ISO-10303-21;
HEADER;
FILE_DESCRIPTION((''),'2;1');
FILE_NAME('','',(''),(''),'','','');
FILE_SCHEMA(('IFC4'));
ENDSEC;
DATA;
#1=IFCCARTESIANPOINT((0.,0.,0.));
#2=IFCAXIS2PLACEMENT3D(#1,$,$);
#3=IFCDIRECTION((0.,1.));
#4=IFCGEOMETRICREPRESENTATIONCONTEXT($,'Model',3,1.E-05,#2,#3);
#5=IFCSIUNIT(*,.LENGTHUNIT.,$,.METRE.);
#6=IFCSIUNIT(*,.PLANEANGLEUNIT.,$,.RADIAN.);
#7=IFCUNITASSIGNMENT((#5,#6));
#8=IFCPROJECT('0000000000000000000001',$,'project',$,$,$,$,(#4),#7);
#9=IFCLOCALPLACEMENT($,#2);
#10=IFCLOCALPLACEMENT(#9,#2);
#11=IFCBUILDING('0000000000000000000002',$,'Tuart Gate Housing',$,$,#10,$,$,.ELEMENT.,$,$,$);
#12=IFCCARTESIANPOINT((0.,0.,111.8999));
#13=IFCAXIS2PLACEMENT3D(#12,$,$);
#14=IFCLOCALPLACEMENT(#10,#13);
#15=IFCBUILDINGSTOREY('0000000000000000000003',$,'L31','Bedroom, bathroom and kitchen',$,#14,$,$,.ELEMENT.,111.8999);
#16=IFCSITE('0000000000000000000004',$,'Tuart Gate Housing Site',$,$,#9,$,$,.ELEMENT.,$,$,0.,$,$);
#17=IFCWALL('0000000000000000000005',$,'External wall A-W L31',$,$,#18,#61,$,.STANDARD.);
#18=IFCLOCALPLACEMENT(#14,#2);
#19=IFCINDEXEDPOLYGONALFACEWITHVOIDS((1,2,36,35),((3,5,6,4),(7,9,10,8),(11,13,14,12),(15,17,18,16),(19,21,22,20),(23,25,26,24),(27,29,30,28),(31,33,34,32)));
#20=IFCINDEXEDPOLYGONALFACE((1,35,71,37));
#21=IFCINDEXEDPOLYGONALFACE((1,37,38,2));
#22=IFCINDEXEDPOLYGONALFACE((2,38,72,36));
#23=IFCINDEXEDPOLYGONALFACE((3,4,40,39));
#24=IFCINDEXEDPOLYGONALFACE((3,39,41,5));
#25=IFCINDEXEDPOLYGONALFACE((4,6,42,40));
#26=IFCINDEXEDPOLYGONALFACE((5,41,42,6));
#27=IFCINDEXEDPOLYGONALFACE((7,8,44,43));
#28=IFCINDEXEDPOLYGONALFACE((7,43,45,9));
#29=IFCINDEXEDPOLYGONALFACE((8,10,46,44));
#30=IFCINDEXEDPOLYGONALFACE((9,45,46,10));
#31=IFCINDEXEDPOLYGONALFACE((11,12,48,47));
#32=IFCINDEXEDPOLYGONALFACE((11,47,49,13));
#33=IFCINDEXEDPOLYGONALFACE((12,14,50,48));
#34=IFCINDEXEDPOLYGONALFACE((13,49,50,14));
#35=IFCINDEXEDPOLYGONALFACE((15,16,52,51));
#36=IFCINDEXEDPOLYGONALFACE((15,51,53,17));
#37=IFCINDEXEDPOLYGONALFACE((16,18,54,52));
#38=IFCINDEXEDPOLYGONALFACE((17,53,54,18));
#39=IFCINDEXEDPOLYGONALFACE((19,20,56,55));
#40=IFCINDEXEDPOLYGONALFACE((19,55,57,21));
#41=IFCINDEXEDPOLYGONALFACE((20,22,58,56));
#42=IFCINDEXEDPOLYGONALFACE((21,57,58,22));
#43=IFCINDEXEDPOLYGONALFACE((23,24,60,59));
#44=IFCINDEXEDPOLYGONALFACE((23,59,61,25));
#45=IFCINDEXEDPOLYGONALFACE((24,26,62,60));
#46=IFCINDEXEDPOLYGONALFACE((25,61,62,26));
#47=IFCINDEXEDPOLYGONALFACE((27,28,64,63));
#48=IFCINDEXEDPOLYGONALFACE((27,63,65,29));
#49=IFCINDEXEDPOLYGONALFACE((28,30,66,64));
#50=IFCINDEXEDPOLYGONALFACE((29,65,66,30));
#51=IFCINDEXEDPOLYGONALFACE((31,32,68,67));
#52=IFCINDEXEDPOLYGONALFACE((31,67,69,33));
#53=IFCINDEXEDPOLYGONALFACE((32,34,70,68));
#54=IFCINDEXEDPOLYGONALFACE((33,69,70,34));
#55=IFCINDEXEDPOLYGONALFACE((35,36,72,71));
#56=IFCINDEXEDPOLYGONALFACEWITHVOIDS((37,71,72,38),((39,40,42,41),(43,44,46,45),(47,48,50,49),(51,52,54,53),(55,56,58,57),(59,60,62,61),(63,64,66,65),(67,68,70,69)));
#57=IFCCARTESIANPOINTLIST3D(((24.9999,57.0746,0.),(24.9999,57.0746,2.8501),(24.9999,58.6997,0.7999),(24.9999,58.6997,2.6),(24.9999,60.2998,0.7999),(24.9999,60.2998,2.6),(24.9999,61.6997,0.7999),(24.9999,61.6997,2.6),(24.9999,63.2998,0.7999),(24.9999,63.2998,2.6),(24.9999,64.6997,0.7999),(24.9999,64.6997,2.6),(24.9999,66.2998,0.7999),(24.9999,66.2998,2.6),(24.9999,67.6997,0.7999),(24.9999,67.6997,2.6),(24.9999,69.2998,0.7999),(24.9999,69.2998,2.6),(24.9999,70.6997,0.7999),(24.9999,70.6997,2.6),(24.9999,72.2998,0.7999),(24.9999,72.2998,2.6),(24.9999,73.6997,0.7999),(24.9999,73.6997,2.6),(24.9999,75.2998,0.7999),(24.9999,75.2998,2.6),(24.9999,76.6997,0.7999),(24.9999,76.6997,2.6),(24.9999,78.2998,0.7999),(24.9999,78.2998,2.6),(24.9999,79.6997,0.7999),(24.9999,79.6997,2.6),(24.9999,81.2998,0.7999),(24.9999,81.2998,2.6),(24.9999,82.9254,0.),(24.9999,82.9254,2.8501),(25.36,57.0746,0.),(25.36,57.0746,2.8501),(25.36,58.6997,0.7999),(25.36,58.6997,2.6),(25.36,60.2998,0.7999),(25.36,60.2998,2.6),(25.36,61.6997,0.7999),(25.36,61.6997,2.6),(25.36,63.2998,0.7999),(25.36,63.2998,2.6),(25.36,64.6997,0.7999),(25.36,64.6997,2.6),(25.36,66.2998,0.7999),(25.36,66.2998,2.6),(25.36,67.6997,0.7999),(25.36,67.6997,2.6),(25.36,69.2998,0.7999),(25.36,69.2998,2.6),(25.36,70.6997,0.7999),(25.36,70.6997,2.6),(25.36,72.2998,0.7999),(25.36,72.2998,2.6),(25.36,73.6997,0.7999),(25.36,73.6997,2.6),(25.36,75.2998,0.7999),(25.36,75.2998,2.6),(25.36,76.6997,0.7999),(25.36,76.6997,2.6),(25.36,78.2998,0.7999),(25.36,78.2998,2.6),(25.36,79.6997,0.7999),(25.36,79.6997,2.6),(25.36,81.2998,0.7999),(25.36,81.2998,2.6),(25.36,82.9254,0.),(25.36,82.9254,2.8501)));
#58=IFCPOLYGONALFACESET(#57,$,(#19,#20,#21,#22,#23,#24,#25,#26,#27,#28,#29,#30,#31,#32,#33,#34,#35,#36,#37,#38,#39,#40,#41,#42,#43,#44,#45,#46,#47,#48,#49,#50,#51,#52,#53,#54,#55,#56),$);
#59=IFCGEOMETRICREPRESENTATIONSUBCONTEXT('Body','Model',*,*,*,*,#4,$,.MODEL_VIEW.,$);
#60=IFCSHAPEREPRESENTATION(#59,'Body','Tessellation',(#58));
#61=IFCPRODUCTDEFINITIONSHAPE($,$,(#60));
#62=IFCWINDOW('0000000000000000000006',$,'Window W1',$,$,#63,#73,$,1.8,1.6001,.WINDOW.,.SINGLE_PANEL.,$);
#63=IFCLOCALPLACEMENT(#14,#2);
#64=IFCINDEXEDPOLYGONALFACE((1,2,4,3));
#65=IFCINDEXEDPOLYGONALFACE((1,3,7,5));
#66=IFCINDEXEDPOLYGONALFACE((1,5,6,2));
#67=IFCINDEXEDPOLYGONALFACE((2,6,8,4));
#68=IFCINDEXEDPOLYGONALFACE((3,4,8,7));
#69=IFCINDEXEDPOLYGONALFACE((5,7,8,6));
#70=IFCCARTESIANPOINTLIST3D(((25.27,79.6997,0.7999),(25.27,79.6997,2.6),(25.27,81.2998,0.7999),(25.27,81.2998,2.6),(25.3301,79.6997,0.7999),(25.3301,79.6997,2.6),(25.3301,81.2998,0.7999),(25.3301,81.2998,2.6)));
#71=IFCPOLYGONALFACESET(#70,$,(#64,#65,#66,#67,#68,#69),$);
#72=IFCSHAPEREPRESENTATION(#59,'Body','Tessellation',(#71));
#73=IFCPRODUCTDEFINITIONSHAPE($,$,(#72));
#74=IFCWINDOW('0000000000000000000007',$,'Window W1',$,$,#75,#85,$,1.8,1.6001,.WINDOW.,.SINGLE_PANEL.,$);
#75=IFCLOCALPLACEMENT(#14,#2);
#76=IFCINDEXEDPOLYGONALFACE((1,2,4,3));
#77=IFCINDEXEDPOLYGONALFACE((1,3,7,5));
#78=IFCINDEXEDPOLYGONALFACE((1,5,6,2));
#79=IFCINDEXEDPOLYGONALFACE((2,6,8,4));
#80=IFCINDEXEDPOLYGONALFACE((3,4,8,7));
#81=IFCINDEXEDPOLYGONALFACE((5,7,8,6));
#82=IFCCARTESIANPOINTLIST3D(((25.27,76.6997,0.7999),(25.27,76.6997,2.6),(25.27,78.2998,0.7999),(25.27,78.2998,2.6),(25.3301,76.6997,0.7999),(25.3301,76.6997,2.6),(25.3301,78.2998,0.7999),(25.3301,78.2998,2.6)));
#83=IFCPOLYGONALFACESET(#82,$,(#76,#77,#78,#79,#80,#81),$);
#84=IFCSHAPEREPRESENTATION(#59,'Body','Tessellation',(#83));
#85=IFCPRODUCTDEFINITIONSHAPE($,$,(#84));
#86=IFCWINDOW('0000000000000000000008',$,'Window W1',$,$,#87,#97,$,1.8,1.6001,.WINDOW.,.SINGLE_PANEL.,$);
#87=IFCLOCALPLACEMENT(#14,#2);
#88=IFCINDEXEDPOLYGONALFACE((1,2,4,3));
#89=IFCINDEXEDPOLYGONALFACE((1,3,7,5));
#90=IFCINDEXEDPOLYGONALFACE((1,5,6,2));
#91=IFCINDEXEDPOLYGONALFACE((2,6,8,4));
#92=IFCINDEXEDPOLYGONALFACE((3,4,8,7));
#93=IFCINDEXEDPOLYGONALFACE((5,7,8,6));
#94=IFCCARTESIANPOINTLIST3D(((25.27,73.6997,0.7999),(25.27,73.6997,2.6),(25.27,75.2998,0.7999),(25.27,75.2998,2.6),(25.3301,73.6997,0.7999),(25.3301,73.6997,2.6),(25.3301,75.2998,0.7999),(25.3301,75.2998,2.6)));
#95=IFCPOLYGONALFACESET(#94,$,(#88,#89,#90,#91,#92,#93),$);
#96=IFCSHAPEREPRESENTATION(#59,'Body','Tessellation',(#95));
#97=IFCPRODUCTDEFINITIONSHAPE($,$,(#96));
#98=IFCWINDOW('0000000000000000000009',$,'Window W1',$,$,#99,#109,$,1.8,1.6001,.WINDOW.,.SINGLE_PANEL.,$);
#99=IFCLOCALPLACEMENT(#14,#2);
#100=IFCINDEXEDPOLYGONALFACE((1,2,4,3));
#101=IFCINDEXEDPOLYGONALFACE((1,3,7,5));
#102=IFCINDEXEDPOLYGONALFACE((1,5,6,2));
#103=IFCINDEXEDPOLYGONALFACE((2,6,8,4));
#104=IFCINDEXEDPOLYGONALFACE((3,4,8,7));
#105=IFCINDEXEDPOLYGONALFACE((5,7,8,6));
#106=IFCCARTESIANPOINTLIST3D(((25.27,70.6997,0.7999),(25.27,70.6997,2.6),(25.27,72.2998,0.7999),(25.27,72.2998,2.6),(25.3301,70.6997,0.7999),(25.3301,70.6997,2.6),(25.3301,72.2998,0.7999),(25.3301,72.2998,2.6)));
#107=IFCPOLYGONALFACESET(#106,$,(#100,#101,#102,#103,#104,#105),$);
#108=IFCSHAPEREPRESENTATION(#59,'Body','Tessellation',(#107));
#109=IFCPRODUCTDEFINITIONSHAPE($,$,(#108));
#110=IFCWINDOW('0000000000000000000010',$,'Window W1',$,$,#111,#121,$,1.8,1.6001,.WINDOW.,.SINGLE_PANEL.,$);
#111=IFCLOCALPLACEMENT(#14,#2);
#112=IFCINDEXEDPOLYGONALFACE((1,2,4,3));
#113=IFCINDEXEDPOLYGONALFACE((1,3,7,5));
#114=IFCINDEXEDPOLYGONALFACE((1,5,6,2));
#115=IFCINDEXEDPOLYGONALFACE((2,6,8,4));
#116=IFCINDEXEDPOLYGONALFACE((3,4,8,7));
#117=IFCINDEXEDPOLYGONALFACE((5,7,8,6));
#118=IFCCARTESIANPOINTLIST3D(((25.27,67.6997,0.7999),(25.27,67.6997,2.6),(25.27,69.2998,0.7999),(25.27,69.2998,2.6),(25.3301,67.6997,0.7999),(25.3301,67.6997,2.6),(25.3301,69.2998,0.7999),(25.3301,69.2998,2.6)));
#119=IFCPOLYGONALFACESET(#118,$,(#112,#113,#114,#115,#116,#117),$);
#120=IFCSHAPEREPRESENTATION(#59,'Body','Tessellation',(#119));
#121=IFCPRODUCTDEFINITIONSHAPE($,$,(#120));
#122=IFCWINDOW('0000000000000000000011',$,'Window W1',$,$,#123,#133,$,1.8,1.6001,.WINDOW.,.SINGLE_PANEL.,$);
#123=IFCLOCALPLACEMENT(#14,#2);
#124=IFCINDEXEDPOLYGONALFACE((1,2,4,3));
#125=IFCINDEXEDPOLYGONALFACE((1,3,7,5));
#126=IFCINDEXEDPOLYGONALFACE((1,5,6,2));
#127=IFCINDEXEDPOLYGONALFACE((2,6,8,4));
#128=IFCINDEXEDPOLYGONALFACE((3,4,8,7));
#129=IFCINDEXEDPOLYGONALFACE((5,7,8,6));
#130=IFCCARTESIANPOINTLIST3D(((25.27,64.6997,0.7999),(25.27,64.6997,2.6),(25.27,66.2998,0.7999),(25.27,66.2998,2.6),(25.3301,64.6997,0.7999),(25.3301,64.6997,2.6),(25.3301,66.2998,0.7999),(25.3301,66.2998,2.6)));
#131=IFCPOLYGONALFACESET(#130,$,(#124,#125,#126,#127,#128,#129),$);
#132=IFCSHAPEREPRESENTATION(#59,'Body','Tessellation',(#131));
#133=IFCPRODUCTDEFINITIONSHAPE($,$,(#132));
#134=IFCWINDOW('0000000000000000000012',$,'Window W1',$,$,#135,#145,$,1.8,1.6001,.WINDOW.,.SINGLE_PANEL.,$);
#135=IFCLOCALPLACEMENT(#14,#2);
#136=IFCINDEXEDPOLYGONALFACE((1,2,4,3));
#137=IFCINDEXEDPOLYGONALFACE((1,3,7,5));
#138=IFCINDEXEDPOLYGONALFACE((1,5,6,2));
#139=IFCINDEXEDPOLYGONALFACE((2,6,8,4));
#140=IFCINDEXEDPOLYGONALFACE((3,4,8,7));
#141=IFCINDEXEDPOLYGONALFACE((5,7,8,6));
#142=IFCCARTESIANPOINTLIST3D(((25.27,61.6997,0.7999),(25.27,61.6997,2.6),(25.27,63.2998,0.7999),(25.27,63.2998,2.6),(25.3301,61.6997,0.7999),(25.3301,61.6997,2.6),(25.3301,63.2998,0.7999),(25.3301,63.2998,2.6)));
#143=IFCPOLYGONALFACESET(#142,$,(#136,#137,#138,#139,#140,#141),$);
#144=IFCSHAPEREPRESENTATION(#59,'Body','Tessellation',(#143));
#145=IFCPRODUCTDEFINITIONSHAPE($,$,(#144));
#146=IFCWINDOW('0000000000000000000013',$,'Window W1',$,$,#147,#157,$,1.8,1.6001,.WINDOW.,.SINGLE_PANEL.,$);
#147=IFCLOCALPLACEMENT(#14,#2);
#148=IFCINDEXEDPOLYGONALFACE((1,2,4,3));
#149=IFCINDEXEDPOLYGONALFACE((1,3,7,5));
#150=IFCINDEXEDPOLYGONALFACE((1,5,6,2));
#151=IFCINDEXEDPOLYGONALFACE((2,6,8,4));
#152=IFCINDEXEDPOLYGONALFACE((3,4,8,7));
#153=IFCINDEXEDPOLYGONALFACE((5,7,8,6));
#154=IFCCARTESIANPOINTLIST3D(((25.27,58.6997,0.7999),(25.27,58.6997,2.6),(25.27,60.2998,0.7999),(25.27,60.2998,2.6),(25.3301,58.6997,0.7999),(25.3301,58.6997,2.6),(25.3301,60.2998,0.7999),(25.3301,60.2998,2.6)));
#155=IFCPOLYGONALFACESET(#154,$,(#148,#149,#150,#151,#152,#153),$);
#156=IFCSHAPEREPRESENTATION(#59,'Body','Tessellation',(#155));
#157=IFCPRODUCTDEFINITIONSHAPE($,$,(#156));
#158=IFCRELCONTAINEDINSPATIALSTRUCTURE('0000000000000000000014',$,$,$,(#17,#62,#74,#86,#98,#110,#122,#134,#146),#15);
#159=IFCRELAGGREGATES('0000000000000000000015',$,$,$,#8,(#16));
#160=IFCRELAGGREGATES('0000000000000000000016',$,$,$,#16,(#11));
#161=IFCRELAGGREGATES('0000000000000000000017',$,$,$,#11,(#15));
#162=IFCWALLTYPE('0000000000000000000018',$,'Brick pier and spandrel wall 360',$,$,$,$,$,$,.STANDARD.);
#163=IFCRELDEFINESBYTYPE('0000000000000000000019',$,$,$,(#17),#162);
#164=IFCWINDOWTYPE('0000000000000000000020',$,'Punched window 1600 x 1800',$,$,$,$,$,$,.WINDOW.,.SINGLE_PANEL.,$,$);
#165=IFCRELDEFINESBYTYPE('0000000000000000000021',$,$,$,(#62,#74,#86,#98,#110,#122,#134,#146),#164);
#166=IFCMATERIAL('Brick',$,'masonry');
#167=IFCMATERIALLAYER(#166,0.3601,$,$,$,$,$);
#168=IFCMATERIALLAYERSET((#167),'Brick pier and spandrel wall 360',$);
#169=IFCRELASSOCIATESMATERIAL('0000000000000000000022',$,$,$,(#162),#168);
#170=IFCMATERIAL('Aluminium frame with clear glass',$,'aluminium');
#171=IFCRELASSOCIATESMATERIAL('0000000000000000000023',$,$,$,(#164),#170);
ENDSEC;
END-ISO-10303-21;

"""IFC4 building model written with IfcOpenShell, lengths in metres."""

from ifc_helpers import new_model, si_unit, direction, frame, frame_2d, origin, place, context, subcontext, project, spatial, rectangle, extrude, material, layer, layer_set, type_object, element, fill, save


model = new_model("IFC4")

# Units and contexts
model_context = context("Model", 3, precision=1e-05, world=origin(), true_north=direction((0.0, 1.0)))
body_context = subcontext(model_context, "Body", "Model", "MODEL_VIEW")
ifc_project = project(units=[si_unit("LENGTHUNIT", "METRE"), si_unit("PLANEANGLEUNIT", "RADIAN")], contexts=[model_context])

# Site, building, storey
site_placement = place(None, origin())
site = spatial("IfcSite", under=ifc_project, at=site_placement, Name="Tuart Gate Housing Site", CompositionType="ELEMENT", RefElevation=0.0)
building_placement = place(site_placement, origin())
building = spatial("IfcBuilding", under=site, at=building_placement, Name="Tuart Gate Housing", CompositionType="ELEMENT")
storey_placement = place(building_placement, frame((0.0, 0.0, 111.8999)))
storey = spatial("IfcBuildingStorey", under=building, at=storey_placement, Name="L31", Description="Bedroom, bathroom and kitchen", CompositionType="ELEMENT", Elevation=111.8999)

# Shared definitions
ifc_material_1 = material(Name="Brick", Category="masonry")
ifc_layer_1 = layer(ifc_material_1, 0.3601)
ifc_layer_set_1 = layer_set([ifc_layer_1], Name="Brick pier and spandrel wall 360")
wall_type_1 = type_object("IfcWallType", Name="Brick pier and spandrel wall 360", PredefinedType="STANDARD", material=ifc_layer_set_1)
ifc_material_2 = material(Name="Aluminium frame with clear glass", Category="aluminium")
window_type = type_object("IfcWindowType", Name="Punched window 1600 x 1800", PartitioningType="SINGLE_PANEL", PredefinedType="WINDOW", material=ifc_material_2)

# Wall, openings, windows
wall_1_placement = place(storey_placement, frame((25.1799, 82.9253, 0.0), z_axis=(0.0, 0.0, 1.0), x_axis=(0.0, -1.0, 0.0)))
wall_1 = element("IfcWall", 1, at=wall_1_placement, inside=storey, type_object=wall_type_1, Name="External wall A-W L31", PredefinedType="STANDARD", context=body_context, shape_type="SweptSolid", body=[
    extrude(rectangle(XDim=25.8508, YDim=0.3601, at=frame_2d((12.9253, 0.0))), origin(), (0.0, 0.0, 1.0), 2.8501),
])
opening_1_placement = place(wall_1_placement, frame((1.6255, 0.0, 0.8)))
opening_1 = element("IfcOpeningElement", 2, at=opening_1_placement, cuts=wall_1, PredefinedType="OPENING", context=body_context, shape_type="SweptSolid", body=[
    extrude(rectangle(XDim=1.6001, YDim=1.8, at=frame_2d((0.8, 0.8999))), frame((0.0, 0.1899, 0.0), z_axis=(0.0, -1.0, 0.0), x_axis=(1.0, 0.0, 0.0)), (0.0, 0.0, 1.0), 0.3801),
])
opening_2_placement = place(wall_1_placement, frame((4.6255, 0.0, 0.8)))
opening_2 = element("IfcOpeningElement", 3, at=opening_2_placement, cuts=wall_1, PredefinedType="OPENING", context=body_context, shape_type="SweptSolid", body=[
    extrude(rectangle(XDim=1.6001, YDim=1.8, at=frame_2d((0.8, 0.8999))), frame((0.0, 0.1899, 0.0), z_axis=(0.0, -1.0, 0.0), x_axis=(1.0, 0.0, 0.0)), (0.0, 0.0, 1.0), 0.3801),
])
opening_3_placement = place(wall_1_placement, frame((7.6255, 0.0, 0.8)))
opening_3 = element("IfcOpeningElement", 4, at=opening_3_placement, cuts=wall_1, PredefinedType="OPENING", context=body_context, shape_type="SweptSolid", body=[
    extrude(rectangle(XDim=1.6001, YDim=1.8, at=frame_2d((0.8, 0.8999))), frame((0.0, 0.1899, 0.0), z_axis=(0.0, -1.0, 0.0), x_axis=(1.0, 0.0, 0.0)), (0.0, 0.0, 1.0), 0.3801),
])
opening_4_placement = place(wall_1_placement, frame((10.6255, 0.0, 0.8)))
opening_4 = element("IfcOpeningElement", 5, at=opening_4_placement, cuts=wall_1, PredefinedType="OPENING", context=body_context, shape_type="SweptSolid", body=[
    extrude(rectangle(XDim=1.6001, YDim=1.8, at=frame_2d((0.8, 0.8999))), frame((0.0, 0.1899, 0.0), z_axis=(0.0, -1.0, 0.0), x_axis=(1.0, 0.0, 0.0)), (0.0, 0.0, 1.0), 0.3801),
])
opening_5_placement = place(wall_1_placement, frame((13.6255, 0.0, 0.8)))
opening_5 = element("IfcOpeningElement", 6, at=opening_5_placement, cuts=wall_1, PredefinedType="OPENING", context=body_context, shape_type="SweptSolid", body=[
    extrude(rectangle(XDim=1.6001, YDim=1.8, at=frame_2d((0.8, 0.8999))), frame((0.0, 0.1899, 0.0), z_axis=(0.0, -1.0, 0.0), x_axis=(1.0, 0.0, 0.0)), (0.0, 0.0, 1.0), 0.3801),
])
opening_6_placement = place(wall_1_placement, frame((16.6255, 0.0, 0.8)))
opening_6 = element("IfcOpeningElement", 7, at=opening_6_placement, cuts=wall_1, PredefinedType="OPENING", context=body_context, shape_type="SweptSolid", body=[
    extrude(rectangle(XDim=1.6001, YDim=1.8, at=frame_2d((0.8, 0.8999))), frame((0.0, 0.1899, 0.0), z_axis=(0.0, -1.0, 0.0), x_axis=(1.0, 0.0, 0.0)), (0.0, 0.0, 1.0), 0.3801),
])
opening_7_placement = place(wall_1_placement, frame((19.6255, 0.0, 0.8)))
opening_7 = element("IfcOpeningElement", 8, at=opening_7_placement, cuts=wall_1, PredefinedType="OPENING", context=body_context, shape_type="SweptSolid", body=[
    extrude(rectangle(XDim=1.6001, YDim=1.8, at=frame_2d((0.8, 0.8999))), frame((0.0, 0.1899, 0.0), z_axis=(0.0, -1.0, 0.0), x_axis=(1.0, 0.0, 0.0)), (0.0, 0.0, 1.0), 0.3801),
])
opening_8_placement = place(wall_1_placement, frame((22.6255, 0.0, 0.8)))
opening_8 = element("IfcOpeningElement", 9, at=opening_8_placement, cuts=wall_1, PredefinedType="OPENING", context=body_context, shape_type="SweptSolid", body=[
    extrude(rectangle(XDim=1.6001, YDim=1.8, at=frame_2d((0.8, 0.8999))), frame((0.0, 0.1899, 0.0), z_axis=(0.0, -1.0, 0.0), x_axis=(1.0, 0.0, 0.0)), (0.0, 0.0, 1.0), 0.3801),
])
window_1_placement = place(opening_1_placement, origin())
window_1 = element("IfcWindow", 10, at=window_1_placement, inside=storey, type_object=window_type, Name="Window W1", OverallHeight=1.8, OverallWidth=1.6001, PartitioningType="SINGLE_PANEL", PredefinedType="WINDOW", context=body_context, shape_type="SweptSolid", body=[
    extrude(rectangle(XDim=1.6001, YDim=1.8, at=frame_2d((0.8, 0.8999))), frame((0.0, 0.1501, 0.0), z_axis=(0.0, -1.0, 0.0), x_axis=(1.0, 0.0, 0.0)), (0.0, 0.0, 1.0), 0.0601),
])
fill(opening_1, window_1)
window_2_placement = place(opening_2_placement, origin())
window_2 = element("IfcWindow", 11, at=window_2_placement, inside=storey, type_object=window_type, Name="Window W1", OverallHeight=1.8, OverallWidth=1.6001, PartitioningType="SINGLE_PANEL", PredefinedType="WINDOW", context=body_context, shape_type="SweptSolid", body=[
    extrude(rectangle(XDim=1.6001, YDim=1.8, at=frame_2d((0.8, 0.8999))), frame((0.0, 0.1501, 0.0), z_axis=(0.0, -1.0, 0.0), x_axis=(1.0, 0.0, 0.0)), (0.0, 0.0, 1.0), 0.0601),
])
fill(opening_2, window_2)
window_3_placement = place(opening_3_placement, origin())
window_3 = element("IfcWindow", 12, at=window_3_placement, inside=storey, type_object=window_type, Name="Window W1", OverallHeight=1.8, OverallWidth=1.6001, PartitioningType="SINGLE_PANEL", PredefinedType="WINDOW", context=body_context, shape_type="SweptSolid", body=[
    extrude(rectangle(XDim=1.6001, YDim=1.8, at=frame_2d((0.8, 0.8999))), frame((0.0, 0.1501, 0.0), z_axis=(0.0, -1.0, 0.0), x_axis=(1.0, 0.0, 0.0)), (0.0, 0.0, 1.0), 0.0601),
])
fill(opening_3, window_3)
window_4_placement = place(opening_4_placement, origin())
window_4 = element("IfcWindow", 13, at=window_4_placement, inside=storey, type_object=window_type, Name="Window W1", OverallHeight=1.8, OverallWidth=1.6001, PartitioningType="SINGLE_PANEL", PredefinedType="WINDOW", context=body_context, shape_type="SweptSolid", body=[
    extrude(rectangle(XDim=1.6001, YDim=1.8, at=frame_2d((0.8, 0.8999))), frame((0.0, 0.1501, 0.0), z_axis=(0.0, -1.0, 0.0), x_axis=(1.0, 0.0, 0.0)), (0.0, 0.0, 1.0), 0.0601),
])
fill(opening_4, window_4)
window_5_placement = place(opening_5_placement, origin())
window_5 = element("IfcWindow", 14, at=window_5_placement, inside=storey, type_object=window_type, Name="Window W1", OverallHeight=1.8, OverallWidth=1.6001, PartitioningType="SINGLE_PANEL", PredefinedType="WINDOW", context=body_context, shape_type="SweptSolid", body=[
    extrude(rectangle(XDim=1.6001, YDim=1.8, at=frame_2d((0.8, 0.8999))), frame((0.0, 0.1501, 0.0), z_axis=(0.0, -1.0, 0.0), x_axis=(1.0, 0.0, 0.0)), (0.0, 0.0, 1.0), 0.0601),
])
fill(opening_5, window_5)
window_6_placement = place(opening_6_placement, origin())
window_6 = element("IfcWindow", 15, at=window_6_placement, inside=storey, type_object=window_type, Name="Window W1", OverallHeight=1.8, OverallWidth=1.6001, PartitioningType="SINGLE_PANEL", PredefinedType="WINDOW", context=body_context, shape_type="SweptSolid", body=[
    extrude(rectangle(XDim=1.6001, YDim=1.8, at=frame_2d((0.8, 0.8999))), frame((0.0, 0.1501, 0.0), z_axis=(0.0, -1.0, 0.0), x_axis=(1.0, 0.0, 0.0)), (0.0, 0.0, 1.0), 0.0601),
])
fill(opening_6, window_6)
window_7_placement = place(opening_7_placement, origin())
window_7 = element("IfcWindow", 16, at=window_7_placement, inside=storey, type_object=window_type, Name="Window W1", OverallHeight=1.8, OverallWidth=1.6001, PartitioningType="SINGLE_PANEL", PredefinedType="WINDOW", context=body_context, shape_type="SweptSolid", body=[
    extrude(rectangle(XDim=1.6001, YDim=1.8, at=frame_2d((0.8, 0.8999))), frame((0.0, 0.1501, 0.0), z_axis=(0.0, -1.0, 0.0), x_axis=(1.0, 0.0, 0.0)), (0.0, 0.0, 1.0), 0.0601),
])
fill(opening_7, window_7)
window_8_placement = place(opening_8_placement, origin())
window_8 = element("IfcWindow", 17, at=window_8_placement, inside=storey, type_object=window_type, Name="Window W1", OverallHeight=1.8, OverallWidth=1.6001, PartitioningType="SINGLE_PANEL", PredefinedType="WINDOW", context=body_context, shape_type="SweptSolid", body=[
    extrude(rectangle(XDim=1.6001, YDim=1.8, at=frame_2d((0.8, 0.8999))), frame((0.0, 0.1501, 0.0), z_axis=(0.0, -1.0, 0.0), x_axis=(1.0, 0.0, 0.0)), (0.0, 0.0, 1.0), 0.0601),
])
fill(opening_8, window_8)

save(model, "model.ifc")
